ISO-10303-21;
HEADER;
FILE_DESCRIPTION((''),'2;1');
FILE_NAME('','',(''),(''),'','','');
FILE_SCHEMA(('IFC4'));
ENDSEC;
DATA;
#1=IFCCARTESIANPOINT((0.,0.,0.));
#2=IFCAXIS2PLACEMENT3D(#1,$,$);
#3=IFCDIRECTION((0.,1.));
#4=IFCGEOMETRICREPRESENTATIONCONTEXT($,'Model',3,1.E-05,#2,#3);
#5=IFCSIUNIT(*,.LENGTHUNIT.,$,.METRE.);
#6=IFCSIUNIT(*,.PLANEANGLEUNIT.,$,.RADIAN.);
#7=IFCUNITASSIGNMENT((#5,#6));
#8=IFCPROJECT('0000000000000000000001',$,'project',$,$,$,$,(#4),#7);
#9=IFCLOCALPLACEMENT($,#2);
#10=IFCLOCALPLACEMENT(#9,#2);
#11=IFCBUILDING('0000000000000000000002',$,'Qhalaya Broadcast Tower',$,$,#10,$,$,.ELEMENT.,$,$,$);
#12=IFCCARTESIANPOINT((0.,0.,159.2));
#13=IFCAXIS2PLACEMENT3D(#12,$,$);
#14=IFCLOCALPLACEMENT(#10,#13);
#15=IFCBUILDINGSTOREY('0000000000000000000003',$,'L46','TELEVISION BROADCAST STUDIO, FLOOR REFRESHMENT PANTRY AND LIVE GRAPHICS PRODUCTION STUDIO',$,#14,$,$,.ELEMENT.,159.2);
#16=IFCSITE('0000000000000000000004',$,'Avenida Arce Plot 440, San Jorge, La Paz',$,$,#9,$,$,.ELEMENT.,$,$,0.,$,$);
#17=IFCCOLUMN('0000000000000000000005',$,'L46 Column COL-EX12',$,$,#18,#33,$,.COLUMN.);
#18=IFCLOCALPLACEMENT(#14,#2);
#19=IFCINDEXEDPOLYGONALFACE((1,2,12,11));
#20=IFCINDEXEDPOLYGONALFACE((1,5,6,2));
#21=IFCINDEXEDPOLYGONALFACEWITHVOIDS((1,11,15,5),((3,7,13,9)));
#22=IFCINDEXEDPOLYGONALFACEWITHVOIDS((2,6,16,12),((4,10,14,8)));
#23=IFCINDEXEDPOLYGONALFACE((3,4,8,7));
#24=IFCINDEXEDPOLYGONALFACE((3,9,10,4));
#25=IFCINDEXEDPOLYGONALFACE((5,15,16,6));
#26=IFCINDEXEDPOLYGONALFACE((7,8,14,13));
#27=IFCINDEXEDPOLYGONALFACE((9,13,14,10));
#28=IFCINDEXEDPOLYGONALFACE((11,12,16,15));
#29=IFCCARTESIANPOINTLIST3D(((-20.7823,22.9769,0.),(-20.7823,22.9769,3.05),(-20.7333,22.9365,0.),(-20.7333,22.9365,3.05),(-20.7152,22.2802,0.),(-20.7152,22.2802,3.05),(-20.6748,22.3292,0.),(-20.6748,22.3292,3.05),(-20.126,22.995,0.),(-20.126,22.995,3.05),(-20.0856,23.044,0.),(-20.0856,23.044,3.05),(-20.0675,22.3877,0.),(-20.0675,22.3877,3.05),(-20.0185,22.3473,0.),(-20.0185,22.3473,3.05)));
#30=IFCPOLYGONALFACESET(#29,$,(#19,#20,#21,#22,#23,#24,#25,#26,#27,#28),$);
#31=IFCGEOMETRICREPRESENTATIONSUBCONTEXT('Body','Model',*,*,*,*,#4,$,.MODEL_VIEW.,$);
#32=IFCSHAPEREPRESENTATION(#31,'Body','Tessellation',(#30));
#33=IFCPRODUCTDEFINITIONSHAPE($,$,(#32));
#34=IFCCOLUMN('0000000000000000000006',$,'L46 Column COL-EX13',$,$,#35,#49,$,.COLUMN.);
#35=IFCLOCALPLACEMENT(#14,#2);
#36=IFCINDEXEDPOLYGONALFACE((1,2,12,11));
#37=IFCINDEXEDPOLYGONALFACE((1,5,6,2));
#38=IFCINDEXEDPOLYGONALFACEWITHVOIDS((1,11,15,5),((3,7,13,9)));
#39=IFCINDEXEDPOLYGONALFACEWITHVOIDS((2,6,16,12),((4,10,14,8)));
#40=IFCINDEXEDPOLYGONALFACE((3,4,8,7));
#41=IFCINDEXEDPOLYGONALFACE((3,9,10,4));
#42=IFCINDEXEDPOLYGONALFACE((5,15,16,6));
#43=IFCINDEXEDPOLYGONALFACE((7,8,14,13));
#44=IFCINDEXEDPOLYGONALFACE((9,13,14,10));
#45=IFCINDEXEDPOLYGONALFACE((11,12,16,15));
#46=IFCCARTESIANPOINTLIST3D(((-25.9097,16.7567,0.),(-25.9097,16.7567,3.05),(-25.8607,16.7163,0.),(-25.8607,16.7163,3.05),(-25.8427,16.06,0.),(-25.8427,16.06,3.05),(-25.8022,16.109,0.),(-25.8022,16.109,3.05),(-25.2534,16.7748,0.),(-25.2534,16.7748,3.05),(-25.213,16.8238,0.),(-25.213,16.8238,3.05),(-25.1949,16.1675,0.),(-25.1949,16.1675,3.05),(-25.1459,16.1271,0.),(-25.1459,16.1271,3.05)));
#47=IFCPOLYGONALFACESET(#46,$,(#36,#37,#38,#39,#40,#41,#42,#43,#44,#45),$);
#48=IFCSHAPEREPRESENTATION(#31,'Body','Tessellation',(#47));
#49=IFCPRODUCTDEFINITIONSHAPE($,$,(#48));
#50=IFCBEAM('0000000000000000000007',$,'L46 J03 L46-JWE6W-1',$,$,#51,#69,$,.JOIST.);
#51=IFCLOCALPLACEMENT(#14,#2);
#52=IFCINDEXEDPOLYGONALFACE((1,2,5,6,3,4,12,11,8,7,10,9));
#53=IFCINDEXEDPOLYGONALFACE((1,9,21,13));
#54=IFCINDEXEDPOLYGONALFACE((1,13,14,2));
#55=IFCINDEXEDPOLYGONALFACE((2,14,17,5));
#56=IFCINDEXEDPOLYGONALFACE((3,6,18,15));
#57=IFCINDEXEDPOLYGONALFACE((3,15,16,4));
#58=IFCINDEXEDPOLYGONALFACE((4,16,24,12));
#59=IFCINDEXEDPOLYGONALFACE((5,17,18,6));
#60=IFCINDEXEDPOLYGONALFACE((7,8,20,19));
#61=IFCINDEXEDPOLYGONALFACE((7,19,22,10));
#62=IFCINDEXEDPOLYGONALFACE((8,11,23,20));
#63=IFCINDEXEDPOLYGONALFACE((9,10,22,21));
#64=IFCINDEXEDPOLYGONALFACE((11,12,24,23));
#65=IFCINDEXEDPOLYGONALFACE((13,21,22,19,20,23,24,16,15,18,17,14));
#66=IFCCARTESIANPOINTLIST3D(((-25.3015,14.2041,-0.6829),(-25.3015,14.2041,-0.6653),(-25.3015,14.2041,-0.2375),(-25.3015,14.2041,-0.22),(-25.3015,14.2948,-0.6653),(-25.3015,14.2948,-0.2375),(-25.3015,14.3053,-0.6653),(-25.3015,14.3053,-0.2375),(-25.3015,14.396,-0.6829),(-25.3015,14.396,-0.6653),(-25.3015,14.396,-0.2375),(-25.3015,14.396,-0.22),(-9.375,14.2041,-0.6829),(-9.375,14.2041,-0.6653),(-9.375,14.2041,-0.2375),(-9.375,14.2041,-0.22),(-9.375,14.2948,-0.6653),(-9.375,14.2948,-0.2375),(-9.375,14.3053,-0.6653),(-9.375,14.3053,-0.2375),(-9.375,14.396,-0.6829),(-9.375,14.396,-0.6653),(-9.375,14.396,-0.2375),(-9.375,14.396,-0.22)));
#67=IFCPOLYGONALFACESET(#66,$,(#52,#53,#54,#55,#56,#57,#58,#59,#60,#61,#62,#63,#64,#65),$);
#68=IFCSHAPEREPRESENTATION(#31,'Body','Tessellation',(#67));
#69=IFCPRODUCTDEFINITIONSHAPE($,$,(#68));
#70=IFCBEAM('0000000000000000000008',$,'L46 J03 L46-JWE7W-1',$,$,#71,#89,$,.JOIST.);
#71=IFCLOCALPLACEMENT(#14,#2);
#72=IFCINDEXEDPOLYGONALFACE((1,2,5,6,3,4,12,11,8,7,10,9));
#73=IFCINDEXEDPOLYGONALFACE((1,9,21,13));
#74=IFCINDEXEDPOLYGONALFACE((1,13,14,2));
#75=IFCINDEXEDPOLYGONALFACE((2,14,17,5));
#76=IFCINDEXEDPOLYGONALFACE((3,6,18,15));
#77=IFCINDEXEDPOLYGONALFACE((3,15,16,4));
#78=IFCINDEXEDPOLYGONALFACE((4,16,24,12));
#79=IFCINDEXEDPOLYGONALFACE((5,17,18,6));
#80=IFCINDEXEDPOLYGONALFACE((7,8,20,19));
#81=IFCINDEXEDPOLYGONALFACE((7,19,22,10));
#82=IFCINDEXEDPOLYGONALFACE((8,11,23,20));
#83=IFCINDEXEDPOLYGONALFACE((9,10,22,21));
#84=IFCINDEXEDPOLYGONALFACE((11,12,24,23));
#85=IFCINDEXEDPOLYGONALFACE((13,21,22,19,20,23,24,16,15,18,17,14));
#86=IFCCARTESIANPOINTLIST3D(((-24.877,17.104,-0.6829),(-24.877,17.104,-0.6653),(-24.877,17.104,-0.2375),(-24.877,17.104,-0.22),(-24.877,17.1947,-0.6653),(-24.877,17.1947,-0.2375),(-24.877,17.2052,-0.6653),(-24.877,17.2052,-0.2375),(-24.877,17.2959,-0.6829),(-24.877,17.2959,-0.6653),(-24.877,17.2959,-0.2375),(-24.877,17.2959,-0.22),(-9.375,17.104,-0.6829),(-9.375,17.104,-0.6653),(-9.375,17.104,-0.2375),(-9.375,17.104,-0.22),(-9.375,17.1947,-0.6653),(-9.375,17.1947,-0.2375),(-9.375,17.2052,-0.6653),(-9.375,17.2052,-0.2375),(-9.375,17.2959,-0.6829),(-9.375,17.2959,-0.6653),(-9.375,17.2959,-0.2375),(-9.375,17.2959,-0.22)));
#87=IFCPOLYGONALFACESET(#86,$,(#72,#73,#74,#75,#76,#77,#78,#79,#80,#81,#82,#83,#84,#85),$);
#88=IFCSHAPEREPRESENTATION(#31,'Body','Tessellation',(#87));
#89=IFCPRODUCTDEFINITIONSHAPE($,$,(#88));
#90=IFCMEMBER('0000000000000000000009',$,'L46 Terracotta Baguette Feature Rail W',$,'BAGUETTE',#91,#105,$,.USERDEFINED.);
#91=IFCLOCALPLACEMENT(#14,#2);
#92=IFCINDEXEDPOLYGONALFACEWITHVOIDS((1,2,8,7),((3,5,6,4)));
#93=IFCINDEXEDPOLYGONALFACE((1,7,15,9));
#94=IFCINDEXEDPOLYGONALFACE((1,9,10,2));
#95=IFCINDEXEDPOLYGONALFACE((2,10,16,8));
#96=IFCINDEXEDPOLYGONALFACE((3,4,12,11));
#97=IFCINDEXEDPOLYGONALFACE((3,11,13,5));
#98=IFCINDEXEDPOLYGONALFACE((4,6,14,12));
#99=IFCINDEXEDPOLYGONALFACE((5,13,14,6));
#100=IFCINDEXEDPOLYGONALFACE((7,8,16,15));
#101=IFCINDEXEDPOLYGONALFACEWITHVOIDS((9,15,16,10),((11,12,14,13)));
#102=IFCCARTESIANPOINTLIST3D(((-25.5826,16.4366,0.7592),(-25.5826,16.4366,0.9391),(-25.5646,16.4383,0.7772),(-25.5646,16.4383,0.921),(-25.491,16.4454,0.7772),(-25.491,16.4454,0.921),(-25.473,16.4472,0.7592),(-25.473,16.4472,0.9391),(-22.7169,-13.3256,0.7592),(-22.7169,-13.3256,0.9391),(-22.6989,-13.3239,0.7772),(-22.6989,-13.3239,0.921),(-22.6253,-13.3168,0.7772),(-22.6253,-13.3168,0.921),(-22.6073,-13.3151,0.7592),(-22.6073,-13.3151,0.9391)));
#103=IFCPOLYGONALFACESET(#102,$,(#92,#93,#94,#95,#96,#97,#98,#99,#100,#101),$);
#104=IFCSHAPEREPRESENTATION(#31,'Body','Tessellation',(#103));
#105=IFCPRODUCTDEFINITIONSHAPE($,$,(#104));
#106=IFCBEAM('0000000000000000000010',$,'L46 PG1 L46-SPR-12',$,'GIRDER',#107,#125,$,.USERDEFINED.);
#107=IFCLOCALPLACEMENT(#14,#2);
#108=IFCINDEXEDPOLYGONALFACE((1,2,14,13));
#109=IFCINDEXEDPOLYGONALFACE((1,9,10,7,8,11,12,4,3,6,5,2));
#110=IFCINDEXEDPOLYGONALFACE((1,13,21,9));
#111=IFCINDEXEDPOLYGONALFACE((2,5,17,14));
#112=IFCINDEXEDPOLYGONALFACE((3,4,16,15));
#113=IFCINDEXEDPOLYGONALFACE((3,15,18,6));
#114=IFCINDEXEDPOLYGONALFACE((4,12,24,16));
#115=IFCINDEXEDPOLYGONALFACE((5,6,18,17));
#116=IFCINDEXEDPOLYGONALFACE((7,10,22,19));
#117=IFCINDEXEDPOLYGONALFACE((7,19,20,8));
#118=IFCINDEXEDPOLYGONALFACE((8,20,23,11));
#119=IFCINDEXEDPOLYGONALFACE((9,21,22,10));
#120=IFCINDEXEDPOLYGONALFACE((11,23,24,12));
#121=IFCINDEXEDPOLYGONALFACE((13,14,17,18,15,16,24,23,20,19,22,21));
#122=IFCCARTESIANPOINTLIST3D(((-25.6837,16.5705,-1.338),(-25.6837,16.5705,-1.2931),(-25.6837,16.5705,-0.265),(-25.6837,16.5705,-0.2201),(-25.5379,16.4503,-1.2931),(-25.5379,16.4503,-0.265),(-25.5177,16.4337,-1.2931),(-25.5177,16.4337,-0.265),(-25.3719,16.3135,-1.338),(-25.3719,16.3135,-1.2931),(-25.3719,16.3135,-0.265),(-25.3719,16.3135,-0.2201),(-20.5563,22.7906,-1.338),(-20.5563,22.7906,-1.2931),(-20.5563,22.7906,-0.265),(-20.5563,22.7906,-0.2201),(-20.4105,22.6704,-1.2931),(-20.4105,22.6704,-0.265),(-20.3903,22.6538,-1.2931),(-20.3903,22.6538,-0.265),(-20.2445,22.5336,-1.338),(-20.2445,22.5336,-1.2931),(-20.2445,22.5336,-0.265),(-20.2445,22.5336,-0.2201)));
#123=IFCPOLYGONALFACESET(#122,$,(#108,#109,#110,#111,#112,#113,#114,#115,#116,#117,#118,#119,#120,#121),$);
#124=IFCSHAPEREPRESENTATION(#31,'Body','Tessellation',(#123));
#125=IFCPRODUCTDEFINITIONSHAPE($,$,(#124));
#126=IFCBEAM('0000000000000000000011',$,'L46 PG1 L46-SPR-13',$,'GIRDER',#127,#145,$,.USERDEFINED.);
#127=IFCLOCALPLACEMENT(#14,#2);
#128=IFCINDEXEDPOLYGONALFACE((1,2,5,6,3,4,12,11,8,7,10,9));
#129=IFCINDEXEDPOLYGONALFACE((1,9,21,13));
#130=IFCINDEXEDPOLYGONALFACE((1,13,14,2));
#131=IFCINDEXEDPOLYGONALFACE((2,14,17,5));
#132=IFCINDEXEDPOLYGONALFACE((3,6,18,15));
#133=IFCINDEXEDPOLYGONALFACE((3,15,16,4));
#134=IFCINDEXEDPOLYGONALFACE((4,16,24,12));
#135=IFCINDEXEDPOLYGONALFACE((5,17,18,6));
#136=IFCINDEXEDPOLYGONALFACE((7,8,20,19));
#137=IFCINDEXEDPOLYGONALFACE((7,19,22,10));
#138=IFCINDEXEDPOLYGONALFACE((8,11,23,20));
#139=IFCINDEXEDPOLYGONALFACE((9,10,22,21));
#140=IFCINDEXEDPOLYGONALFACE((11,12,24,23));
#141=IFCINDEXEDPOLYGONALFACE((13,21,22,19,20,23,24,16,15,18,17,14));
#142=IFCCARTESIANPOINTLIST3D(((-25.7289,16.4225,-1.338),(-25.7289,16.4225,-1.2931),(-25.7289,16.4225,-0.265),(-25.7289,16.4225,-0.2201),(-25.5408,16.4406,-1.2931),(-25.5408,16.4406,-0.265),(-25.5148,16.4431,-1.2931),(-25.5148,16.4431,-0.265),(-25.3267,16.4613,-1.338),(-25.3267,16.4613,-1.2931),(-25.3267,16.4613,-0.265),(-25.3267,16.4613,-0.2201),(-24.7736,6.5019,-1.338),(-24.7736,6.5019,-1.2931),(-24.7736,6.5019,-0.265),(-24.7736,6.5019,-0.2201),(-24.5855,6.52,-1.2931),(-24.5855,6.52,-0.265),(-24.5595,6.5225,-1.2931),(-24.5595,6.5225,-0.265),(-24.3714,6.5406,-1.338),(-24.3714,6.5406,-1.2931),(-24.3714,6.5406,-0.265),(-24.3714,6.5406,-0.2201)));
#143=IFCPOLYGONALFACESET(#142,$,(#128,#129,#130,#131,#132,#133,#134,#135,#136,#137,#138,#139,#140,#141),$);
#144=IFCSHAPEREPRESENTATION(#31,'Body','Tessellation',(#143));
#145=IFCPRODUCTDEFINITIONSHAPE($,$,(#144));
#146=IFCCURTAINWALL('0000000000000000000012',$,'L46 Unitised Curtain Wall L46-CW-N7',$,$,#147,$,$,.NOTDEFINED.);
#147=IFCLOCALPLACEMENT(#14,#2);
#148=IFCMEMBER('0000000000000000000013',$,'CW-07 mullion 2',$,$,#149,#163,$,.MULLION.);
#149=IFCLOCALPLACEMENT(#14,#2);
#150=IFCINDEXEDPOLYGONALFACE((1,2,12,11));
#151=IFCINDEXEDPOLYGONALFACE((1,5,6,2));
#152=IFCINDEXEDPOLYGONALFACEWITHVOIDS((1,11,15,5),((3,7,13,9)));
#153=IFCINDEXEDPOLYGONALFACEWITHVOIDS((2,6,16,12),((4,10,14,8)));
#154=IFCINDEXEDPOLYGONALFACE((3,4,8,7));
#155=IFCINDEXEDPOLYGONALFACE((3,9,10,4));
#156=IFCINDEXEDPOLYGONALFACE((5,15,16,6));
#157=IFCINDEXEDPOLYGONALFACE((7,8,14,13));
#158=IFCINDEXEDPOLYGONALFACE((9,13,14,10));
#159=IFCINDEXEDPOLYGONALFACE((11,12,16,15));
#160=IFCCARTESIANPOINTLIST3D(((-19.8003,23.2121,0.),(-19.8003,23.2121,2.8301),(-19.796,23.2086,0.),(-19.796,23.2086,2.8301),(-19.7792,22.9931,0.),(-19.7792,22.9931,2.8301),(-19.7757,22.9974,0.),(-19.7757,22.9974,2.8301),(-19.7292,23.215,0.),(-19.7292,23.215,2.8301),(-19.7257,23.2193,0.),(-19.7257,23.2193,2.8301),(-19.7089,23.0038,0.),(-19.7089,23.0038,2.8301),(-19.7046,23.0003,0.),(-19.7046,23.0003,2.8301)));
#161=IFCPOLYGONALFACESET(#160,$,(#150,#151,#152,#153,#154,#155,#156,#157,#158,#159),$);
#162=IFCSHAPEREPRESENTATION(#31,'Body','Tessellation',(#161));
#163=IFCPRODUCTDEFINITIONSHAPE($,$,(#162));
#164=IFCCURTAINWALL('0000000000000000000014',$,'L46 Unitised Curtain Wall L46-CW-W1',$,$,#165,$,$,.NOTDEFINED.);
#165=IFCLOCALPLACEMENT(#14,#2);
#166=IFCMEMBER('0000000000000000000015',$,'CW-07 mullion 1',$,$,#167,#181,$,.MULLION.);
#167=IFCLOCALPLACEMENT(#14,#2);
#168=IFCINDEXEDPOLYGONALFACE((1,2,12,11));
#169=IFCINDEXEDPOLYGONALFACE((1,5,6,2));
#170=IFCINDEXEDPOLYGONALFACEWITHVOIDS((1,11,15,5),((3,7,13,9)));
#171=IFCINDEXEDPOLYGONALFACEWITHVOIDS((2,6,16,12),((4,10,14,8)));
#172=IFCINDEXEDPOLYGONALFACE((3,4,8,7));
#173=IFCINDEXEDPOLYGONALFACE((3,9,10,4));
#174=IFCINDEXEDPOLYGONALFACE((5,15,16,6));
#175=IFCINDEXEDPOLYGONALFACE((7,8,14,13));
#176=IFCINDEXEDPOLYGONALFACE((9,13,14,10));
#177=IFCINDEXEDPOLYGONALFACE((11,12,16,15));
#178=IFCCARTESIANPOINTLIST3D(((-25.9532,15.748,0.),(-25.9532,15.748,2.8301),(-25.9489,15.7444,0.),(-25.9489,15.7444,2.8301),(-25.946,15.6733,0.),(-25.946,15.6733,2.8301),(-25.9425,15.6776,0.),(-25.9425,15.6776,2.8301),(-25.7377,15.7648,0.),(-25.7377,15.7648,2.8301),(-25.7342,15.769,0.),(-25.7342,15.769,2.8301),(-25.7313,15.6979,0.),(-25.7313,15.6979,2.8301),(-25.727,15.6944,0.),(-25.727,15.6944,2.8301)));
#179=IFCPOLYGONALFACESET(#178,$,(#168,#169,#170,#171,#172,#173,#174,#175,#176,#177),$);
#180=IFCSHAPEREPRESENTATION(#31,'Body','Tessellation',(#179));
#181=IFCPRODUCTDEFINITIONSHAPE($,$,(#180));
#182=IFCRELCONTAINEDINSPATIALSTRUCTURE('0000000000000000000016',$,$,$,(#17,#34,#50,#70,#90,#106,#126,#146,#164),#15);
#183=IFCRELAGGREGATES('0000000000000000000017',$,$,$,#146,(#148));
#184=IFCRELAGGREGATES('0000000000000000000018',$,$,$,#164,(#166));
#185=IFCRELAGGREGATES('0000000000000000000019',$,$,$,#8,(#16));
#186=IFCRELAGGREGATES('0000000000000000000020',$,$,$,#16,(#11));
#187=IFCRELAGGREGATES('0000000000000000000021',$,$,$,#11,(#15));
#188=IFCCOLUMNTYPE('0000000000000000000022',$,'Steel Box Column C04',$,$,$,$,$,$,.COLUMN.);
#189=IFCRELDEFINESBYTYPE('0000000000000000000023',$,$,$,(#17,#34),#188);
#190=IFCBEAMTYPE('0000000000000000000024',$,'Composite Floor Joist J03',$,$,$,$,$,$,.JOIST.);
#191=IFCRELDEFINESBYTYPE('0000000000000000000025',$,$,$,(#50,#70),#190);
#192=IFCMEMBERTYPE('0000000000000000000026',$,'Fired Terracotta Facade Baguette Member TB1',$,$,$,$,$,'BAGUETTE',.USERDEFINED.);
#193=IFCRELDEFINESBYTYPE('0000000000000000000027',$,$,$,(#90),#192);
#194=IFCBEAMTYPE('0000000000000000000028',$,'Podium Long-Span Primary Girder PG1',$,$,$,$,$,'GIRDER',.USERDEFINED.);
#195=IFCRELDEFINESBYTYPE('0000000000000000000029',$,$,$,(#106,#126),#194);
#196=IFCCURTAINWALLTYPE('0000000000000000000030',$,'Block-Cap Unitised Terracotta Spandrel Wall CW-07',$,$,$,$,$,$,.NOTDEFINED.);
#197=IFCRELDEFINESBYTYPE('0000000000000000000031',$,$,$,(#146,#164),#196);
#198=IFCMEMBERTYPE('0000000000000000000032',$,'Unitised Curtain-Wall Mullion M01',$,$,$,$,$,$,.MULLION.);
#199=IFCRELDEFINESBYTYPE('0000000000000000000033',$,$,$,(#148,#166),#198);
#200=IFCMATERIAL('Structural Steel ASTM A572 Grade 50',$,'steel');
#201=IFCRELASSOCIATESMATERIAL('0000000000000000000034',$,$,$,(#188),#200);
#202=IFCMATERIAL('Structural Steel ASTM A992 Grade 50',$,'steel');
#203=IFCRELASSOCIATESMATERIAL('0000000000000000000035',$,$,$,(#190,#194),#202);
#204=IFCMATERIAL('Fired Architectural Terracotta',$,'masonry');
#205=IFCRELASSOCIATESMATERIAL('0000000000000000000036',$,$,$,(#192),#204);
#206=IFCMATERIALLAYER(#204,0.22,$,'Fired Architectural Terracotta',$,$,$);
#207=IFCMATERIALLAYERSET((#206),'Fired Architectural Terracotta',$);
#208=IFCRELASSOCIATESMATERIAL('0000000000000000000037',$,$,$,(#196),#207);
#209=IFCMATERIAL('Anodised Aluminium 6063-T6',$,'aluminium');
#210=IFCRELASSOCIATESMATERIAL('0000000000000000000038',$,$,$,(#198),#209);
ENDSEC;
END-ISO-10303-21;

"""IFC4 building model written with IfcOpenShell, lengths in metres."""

from ifc_helpers import new_model, si_unit, direction, frame, origin, origin_2d, place, context, subcontext, project, spatial, hollow_rectangle, i_section, extrude, material, layer, layer_set, material_profile, profile_set, type_object, element, aggregate, save


model = new_model("IFC4")

# Units and contexts
model_context = context("Model", 3, precision=1e-05, world=origin(), true_north=direction((0.0, 1.0)))
body_context = subcontext(model_context, "Body", "Model", "MODEL_VIEW")
ifc_project = project(units=[si_unit("LENGTHUNIT", "METRE"), si_unit("PLANEANGLEUNIT", "RADIAN")], contexts=[model_context])

# Site, building, storey
site_placement = place(None, origin())
site = spatial("IfcSite", under=ifc_project, at=site_placement, Name="Avenida Arce Plot 440, San Jorge, La Paz", CompositionType="ELEMENT", RefElevation=0.0)
building_placement = place(site_placement, origin())
building = spatial("IfcBuilding", under=site, at=building_placement, Name="Qhalaya Broadcast Tower", CompositionType="ELEMENT")
storey_placement = place(building_placement, frame((0.0, 0.0, 159.2)))
storey = spatial("IfcBuildingStorey", under=building, at=storey_placement, Name="L46", Description="TELEVISION BROADCAST STUDIO, FLOOR REFRESHMENT PANTRY AND LIVE GRAPHICS PRODUCTION STUDIO", CompositionType="ELEMENT", Elevation=159.2)

# Columns
ifc_material_1 = material(Name="Structural Steel ASTM A572 Grade 50", Category="steel")
ifc_material_profile_1 = material_profile(ifc_material_1, hollow_rectangle(XDim=0.7, YDim=0.7, WallThickness=0.0449, at=origin_2d()), Name="BOX 700x700x45")
ifc_profile_set_1 = profile_set([ifc_material_profile_1], Name="Structural Steel ASTM A572 Grade 50")
column_type = type_object("IfcColumnType", Name="Steel Box Column C04", PredefinedType="COLUMN", material=ifc_profile_set_1)
for number, where, z_axis, x_axis, name in (
    (1, (-20.4004, 22.6621, 0.0), (0.0, 0.0, 1.0), (0.995396, 0.095846, 0.0), "L46 Column COL-EX12"),
    (2, (-25.5278, 16.4419, 0.0), (0.0, 0.0, 1.0), (-0.095846, 0.995396, 0.0), "L46 Column COL-EX13"),
):
    element("IfcColumn", number, at=place(storey_placement, frame(where, z_axis=z_axis, x_axis=x_axis)), inside=storey, type_object=column_type, Name=name, PredefinedType="COLUMN", context=body_context, shape_type="SweptSolid", body=[
        extrude(hollow_rectangle(XDim=0.7, YDim=0.7, WallThickness=0.0449, at=origin_2d()), origin(), (0.0, 0.0, 1.0), 3.05),
    ])

# Beams
ifc_material_2 = material(Name="Structural Steel ASTM A992 Grade 50", Category="steel")
ifc_material_profile_2 = material_profile(ifc_material_2, i_section(OverallWidth=0.1919, OverallDepth=0.4629, WebThickness=0.0105, FlangeThickness=0.0176, at=origin_2d()), Name="W18X60")
ifc_profile_set_2 = profile_set([ifc_material_profile_2], Name="Structural Steel ASTM A992 Grade 50")
beam_type_1 = type_object("IfcBeamType", Name="Composite Floor Joist J03", PredefinedType="JOIST", material=ifc_profile_set_2)
beam_1_placement = place(storey_placement, frame((-25.3015, 14.3, -0.4514), z_axis=(1.0, 0.0, 0.0), x_axis=(0.0, 1.0, 0.0)))
element("IfcBeam", 3, at=beam_1_placement, inside=storey, type_object=beam_type_1, Name="L46 J03 L46-JWE6W-1", PredefinedType="JOIST", context=body_context, shape_type="SweptSolid", body=[
    extrude(i_section(OverallWidth=0.1919, OverallDepth=0.4629, WebThickness=0.0105, FlangeThickness=0.0176, at=origin_2d()), origin(), (0.0, 0.0, 1.0), 15.9265),
])
beam_2_placement = place(storey_placement, frame((-24.877, 17.2, -0.4514), z_axis=(1.0, 0.0, 0.0), x_axis=(0.0, 1.0, 0.0)))
element("IfcBeam", 4, at=beam_2_placement, inside=storey, type_object=beam_type_1, Name="L46 J03 L46-JWE7W-1", PredefinedType="JOIST", context=body_context, shape_type="SweptSolid", body=[
    extrude(i_section(OverallWidth=0.1919, OverallDepth=0.4629, WebThickness=0.0105, FlangeThickness=0.0176, at=origin_2d()), origin(), (0.0, 0.0, 1.0), 15.502),
])

# Member
ifc_material_3 = material(Name="Fired Architectural Terracotta", Category="masonry")
ifc_material_profile_3 = material_profile(ifc_material_3, hollow_rectangle(XDim=0.1101, YDim=0.1799, WallThickness=0.0181, at=origin_2d()), Name="TB-BAG 110x180x18")
ifc_profile_set_3 = profile_set([ifc_material_profile_3], Name="Fired Architectural Terracotta")
member_type_1 = type_object("IfcMemberType", Name="Fired Terracotta Facade Baguette Member TB1", ElementType="BAGUETTE", PredefinedType="USERDEFINED", material=ifc_profile_set_3)
member_1_placement = place(storey_placement, frame((-25.5278, 16.4419, 0.8491), z_axis=(0.095844, -0.995396, 0.0), x_axis=(0.995396, 0.095844, 0.0)))
element("IfcMember", 5, at=member_1_placement, inside=storey, type_object=member_type_1, Name="L46 Terracotta Baguette Feature Rail W", ObjectType="BAGUETTE", PredefinedType="USERDEFINED", context=body_context, shape_type="SweptSolid", body=[
    extrude(hollow_rectangle(XDim=0.1101, YDim=0.1799, WallThickness=0.0181, at=origin_2d()), origin(), (0.0, 0.0, 1.0), 29.8999),
])

# Beams
ifc_material_profile_4 = material_profile(ifc_material_2, i_section(OverallWidth=0.4041, OverallDepth=1.1179, WebThickness=0.0261, FlangeThickness=0.0449, at=origin_2d()), Name="W44X335")
ifc_profile_set_4 = profile_set([ifc_material_profile_4], Name="Structural Steel ASTM A992 Grade 50")
beam_type_2 = type_object("IfcBeamType", Name="Podium Long-Span Primary Girder PG1", ElementType="GIRDER", PredefinedType="USERDEFINED", material=ifc_profile_set_4)
beam_3_placement = place(storey_placement, frame((-20.4004, 22.6621, -0.7791), z_axis=(-0.63607, -0.771631, 0.0), x_axis=(0.771631, -0.63607, 0.0)))
element("IfcBeam", 6, at=beam_3_placement, inside=storey, type_object=beam_type_2, Name="L46 PG1 L46-SPR-12", ObjectType="GIRDER", PredefinedType="USERDEFINED", context=body_context, shape_type="SweptSolid", body=[
    extrude(i_section(OverallWidth=0.4041, OverallDepth=1.1179, WebThickness=0.0261, FlangeThickness=0.0449, at=origin_2d()), origin(), (0.0, 0.0, 1.0), 8.061),
])
beam_4_placement = place(storey_placement, frame((-25.5278, 16.4419, -0.7791), z_axis=(0.095853, -0.995396, 0.0), x_axis=(0.995396, 0.095853, 0.0)))
element("IfcBeam", 7, at=beam_4_placement, inside=storey, type_object=beam_type_2, Name="L46 PG1 L46-SPR-13", ObjectType="GIRDER", PredefinedType="USERDEFINED", context=body_context, shape_type="SweptSolid", body=[
    extrude(i_section(OverallWidth=0.4041, OverallDepth=1.1179, WebThickness=0.0261, FlangeThickness=0.0449, at=origin_2d()), origin(), (0.0, 0.0, 1.0), 9.9666),
])

# Curtain wall, member
ifc_layer_1 = layer(ifc_material_3, 0.22, Name="Fired Architectural Terracotta")
ifc_layer_set_1 = layer_set([ifc_layer_1], Name="Fired Architectural Terracotta")
curtain_wall_type_1 = type_object("IfcCurtainWallType", Name="Block-Cap Unitised Terracotta Spandrel Wall CW-07", PredefinedType="NOTDEFINED", material=ifc_layer_set_1)
curtain_wall_1_placement = place(storey_placement, origin())
curtain_wall_1 = element("IfcCurtainWall", 8, at=curtain_wall_1_placement, inside=storey, type_object=curtain_wall_type_1, Name="L46 Unitised Curtain Wall L46-CW-N7", PredefinedType="NOTDEFINED")
ifc_material_4 = material(Name="Anodised Aluminium 6063-T6", Category="aluminium")
ifc_material_profile_5 = material_profile(ifc_material_4, hollow_rectangle(XDim=0.075, YDim=0.22, WallThickness=0.0039, at=origin_2d()), Name="ALU-MUL 75x220x4")
ifc_profile_set_5 = profile_set([ifc_material_profile_5], Name="Anodised Aluminium 6063-T6")
member_type_2 = type_object("IfcMemberType", Name="Unitised Curtain-Wall Mullion M01", PredefinedType="MULLION", material=ifc_profile_set_5)
member_2_placement = place(storey_placement, frame((-19.7524, 23.1062, 0.0), z_axis=(0.0, 0.0, 1.0), x_axis=(-0.995395, -0.095856, 0.0)))
member_2 = element("IfcMember", 9, at=member_2_placement, type_object=member_type_2, Name="CW-07 mullion 2", PredefinedType="MULLION", context=body_context, shape_type="SweptSolid", body=[
    extrude(hollow_rectangle(XDim=0.075, YDim=0.22, WallThickness=0.0039, at=origin_2d()), origin(), (0.0, 0.0, 1.0), 2.8301),
])

# Curtain wall, member
curtain_wall_2_placement = place(storey_placement, origin())
curtain_wall_2 = element("IfcCurtainWall", 10, at=curtain_wall_2_placement, inside=storey, type_object=curtain_wall_type_1, Name="L46 Unitised Curtain Wall L46-CW-W1", PredefinedType="NOTDEFINED")
member_3_placement = place(storey_placement, frame((-25.8401, 15.7212, 0.0), z_axis=(0.0, 0.0, 1.0), x_axis=(0.09586, -0.995395, 0.0)))
member_3 = element("IfcMember", 11, at=member_3_placement, type_object=member_type_2, Name="CW-07 mullion 1", PredefinedType="MULLION", context=body_context, shape_type="SweptSolid", body=[
    extrude(hollow_rectangle(XDim=0.075, YDim=0.22, WallThickness=0.0039, at=origin_2d()), origin(), (0.0, 0.0, 1.0), 2.8301),
])

aggregate(curtain_wall_1, [member_2])
aggregate(curtain_wall_2, [member_3])

save(model, "model.ifc")
